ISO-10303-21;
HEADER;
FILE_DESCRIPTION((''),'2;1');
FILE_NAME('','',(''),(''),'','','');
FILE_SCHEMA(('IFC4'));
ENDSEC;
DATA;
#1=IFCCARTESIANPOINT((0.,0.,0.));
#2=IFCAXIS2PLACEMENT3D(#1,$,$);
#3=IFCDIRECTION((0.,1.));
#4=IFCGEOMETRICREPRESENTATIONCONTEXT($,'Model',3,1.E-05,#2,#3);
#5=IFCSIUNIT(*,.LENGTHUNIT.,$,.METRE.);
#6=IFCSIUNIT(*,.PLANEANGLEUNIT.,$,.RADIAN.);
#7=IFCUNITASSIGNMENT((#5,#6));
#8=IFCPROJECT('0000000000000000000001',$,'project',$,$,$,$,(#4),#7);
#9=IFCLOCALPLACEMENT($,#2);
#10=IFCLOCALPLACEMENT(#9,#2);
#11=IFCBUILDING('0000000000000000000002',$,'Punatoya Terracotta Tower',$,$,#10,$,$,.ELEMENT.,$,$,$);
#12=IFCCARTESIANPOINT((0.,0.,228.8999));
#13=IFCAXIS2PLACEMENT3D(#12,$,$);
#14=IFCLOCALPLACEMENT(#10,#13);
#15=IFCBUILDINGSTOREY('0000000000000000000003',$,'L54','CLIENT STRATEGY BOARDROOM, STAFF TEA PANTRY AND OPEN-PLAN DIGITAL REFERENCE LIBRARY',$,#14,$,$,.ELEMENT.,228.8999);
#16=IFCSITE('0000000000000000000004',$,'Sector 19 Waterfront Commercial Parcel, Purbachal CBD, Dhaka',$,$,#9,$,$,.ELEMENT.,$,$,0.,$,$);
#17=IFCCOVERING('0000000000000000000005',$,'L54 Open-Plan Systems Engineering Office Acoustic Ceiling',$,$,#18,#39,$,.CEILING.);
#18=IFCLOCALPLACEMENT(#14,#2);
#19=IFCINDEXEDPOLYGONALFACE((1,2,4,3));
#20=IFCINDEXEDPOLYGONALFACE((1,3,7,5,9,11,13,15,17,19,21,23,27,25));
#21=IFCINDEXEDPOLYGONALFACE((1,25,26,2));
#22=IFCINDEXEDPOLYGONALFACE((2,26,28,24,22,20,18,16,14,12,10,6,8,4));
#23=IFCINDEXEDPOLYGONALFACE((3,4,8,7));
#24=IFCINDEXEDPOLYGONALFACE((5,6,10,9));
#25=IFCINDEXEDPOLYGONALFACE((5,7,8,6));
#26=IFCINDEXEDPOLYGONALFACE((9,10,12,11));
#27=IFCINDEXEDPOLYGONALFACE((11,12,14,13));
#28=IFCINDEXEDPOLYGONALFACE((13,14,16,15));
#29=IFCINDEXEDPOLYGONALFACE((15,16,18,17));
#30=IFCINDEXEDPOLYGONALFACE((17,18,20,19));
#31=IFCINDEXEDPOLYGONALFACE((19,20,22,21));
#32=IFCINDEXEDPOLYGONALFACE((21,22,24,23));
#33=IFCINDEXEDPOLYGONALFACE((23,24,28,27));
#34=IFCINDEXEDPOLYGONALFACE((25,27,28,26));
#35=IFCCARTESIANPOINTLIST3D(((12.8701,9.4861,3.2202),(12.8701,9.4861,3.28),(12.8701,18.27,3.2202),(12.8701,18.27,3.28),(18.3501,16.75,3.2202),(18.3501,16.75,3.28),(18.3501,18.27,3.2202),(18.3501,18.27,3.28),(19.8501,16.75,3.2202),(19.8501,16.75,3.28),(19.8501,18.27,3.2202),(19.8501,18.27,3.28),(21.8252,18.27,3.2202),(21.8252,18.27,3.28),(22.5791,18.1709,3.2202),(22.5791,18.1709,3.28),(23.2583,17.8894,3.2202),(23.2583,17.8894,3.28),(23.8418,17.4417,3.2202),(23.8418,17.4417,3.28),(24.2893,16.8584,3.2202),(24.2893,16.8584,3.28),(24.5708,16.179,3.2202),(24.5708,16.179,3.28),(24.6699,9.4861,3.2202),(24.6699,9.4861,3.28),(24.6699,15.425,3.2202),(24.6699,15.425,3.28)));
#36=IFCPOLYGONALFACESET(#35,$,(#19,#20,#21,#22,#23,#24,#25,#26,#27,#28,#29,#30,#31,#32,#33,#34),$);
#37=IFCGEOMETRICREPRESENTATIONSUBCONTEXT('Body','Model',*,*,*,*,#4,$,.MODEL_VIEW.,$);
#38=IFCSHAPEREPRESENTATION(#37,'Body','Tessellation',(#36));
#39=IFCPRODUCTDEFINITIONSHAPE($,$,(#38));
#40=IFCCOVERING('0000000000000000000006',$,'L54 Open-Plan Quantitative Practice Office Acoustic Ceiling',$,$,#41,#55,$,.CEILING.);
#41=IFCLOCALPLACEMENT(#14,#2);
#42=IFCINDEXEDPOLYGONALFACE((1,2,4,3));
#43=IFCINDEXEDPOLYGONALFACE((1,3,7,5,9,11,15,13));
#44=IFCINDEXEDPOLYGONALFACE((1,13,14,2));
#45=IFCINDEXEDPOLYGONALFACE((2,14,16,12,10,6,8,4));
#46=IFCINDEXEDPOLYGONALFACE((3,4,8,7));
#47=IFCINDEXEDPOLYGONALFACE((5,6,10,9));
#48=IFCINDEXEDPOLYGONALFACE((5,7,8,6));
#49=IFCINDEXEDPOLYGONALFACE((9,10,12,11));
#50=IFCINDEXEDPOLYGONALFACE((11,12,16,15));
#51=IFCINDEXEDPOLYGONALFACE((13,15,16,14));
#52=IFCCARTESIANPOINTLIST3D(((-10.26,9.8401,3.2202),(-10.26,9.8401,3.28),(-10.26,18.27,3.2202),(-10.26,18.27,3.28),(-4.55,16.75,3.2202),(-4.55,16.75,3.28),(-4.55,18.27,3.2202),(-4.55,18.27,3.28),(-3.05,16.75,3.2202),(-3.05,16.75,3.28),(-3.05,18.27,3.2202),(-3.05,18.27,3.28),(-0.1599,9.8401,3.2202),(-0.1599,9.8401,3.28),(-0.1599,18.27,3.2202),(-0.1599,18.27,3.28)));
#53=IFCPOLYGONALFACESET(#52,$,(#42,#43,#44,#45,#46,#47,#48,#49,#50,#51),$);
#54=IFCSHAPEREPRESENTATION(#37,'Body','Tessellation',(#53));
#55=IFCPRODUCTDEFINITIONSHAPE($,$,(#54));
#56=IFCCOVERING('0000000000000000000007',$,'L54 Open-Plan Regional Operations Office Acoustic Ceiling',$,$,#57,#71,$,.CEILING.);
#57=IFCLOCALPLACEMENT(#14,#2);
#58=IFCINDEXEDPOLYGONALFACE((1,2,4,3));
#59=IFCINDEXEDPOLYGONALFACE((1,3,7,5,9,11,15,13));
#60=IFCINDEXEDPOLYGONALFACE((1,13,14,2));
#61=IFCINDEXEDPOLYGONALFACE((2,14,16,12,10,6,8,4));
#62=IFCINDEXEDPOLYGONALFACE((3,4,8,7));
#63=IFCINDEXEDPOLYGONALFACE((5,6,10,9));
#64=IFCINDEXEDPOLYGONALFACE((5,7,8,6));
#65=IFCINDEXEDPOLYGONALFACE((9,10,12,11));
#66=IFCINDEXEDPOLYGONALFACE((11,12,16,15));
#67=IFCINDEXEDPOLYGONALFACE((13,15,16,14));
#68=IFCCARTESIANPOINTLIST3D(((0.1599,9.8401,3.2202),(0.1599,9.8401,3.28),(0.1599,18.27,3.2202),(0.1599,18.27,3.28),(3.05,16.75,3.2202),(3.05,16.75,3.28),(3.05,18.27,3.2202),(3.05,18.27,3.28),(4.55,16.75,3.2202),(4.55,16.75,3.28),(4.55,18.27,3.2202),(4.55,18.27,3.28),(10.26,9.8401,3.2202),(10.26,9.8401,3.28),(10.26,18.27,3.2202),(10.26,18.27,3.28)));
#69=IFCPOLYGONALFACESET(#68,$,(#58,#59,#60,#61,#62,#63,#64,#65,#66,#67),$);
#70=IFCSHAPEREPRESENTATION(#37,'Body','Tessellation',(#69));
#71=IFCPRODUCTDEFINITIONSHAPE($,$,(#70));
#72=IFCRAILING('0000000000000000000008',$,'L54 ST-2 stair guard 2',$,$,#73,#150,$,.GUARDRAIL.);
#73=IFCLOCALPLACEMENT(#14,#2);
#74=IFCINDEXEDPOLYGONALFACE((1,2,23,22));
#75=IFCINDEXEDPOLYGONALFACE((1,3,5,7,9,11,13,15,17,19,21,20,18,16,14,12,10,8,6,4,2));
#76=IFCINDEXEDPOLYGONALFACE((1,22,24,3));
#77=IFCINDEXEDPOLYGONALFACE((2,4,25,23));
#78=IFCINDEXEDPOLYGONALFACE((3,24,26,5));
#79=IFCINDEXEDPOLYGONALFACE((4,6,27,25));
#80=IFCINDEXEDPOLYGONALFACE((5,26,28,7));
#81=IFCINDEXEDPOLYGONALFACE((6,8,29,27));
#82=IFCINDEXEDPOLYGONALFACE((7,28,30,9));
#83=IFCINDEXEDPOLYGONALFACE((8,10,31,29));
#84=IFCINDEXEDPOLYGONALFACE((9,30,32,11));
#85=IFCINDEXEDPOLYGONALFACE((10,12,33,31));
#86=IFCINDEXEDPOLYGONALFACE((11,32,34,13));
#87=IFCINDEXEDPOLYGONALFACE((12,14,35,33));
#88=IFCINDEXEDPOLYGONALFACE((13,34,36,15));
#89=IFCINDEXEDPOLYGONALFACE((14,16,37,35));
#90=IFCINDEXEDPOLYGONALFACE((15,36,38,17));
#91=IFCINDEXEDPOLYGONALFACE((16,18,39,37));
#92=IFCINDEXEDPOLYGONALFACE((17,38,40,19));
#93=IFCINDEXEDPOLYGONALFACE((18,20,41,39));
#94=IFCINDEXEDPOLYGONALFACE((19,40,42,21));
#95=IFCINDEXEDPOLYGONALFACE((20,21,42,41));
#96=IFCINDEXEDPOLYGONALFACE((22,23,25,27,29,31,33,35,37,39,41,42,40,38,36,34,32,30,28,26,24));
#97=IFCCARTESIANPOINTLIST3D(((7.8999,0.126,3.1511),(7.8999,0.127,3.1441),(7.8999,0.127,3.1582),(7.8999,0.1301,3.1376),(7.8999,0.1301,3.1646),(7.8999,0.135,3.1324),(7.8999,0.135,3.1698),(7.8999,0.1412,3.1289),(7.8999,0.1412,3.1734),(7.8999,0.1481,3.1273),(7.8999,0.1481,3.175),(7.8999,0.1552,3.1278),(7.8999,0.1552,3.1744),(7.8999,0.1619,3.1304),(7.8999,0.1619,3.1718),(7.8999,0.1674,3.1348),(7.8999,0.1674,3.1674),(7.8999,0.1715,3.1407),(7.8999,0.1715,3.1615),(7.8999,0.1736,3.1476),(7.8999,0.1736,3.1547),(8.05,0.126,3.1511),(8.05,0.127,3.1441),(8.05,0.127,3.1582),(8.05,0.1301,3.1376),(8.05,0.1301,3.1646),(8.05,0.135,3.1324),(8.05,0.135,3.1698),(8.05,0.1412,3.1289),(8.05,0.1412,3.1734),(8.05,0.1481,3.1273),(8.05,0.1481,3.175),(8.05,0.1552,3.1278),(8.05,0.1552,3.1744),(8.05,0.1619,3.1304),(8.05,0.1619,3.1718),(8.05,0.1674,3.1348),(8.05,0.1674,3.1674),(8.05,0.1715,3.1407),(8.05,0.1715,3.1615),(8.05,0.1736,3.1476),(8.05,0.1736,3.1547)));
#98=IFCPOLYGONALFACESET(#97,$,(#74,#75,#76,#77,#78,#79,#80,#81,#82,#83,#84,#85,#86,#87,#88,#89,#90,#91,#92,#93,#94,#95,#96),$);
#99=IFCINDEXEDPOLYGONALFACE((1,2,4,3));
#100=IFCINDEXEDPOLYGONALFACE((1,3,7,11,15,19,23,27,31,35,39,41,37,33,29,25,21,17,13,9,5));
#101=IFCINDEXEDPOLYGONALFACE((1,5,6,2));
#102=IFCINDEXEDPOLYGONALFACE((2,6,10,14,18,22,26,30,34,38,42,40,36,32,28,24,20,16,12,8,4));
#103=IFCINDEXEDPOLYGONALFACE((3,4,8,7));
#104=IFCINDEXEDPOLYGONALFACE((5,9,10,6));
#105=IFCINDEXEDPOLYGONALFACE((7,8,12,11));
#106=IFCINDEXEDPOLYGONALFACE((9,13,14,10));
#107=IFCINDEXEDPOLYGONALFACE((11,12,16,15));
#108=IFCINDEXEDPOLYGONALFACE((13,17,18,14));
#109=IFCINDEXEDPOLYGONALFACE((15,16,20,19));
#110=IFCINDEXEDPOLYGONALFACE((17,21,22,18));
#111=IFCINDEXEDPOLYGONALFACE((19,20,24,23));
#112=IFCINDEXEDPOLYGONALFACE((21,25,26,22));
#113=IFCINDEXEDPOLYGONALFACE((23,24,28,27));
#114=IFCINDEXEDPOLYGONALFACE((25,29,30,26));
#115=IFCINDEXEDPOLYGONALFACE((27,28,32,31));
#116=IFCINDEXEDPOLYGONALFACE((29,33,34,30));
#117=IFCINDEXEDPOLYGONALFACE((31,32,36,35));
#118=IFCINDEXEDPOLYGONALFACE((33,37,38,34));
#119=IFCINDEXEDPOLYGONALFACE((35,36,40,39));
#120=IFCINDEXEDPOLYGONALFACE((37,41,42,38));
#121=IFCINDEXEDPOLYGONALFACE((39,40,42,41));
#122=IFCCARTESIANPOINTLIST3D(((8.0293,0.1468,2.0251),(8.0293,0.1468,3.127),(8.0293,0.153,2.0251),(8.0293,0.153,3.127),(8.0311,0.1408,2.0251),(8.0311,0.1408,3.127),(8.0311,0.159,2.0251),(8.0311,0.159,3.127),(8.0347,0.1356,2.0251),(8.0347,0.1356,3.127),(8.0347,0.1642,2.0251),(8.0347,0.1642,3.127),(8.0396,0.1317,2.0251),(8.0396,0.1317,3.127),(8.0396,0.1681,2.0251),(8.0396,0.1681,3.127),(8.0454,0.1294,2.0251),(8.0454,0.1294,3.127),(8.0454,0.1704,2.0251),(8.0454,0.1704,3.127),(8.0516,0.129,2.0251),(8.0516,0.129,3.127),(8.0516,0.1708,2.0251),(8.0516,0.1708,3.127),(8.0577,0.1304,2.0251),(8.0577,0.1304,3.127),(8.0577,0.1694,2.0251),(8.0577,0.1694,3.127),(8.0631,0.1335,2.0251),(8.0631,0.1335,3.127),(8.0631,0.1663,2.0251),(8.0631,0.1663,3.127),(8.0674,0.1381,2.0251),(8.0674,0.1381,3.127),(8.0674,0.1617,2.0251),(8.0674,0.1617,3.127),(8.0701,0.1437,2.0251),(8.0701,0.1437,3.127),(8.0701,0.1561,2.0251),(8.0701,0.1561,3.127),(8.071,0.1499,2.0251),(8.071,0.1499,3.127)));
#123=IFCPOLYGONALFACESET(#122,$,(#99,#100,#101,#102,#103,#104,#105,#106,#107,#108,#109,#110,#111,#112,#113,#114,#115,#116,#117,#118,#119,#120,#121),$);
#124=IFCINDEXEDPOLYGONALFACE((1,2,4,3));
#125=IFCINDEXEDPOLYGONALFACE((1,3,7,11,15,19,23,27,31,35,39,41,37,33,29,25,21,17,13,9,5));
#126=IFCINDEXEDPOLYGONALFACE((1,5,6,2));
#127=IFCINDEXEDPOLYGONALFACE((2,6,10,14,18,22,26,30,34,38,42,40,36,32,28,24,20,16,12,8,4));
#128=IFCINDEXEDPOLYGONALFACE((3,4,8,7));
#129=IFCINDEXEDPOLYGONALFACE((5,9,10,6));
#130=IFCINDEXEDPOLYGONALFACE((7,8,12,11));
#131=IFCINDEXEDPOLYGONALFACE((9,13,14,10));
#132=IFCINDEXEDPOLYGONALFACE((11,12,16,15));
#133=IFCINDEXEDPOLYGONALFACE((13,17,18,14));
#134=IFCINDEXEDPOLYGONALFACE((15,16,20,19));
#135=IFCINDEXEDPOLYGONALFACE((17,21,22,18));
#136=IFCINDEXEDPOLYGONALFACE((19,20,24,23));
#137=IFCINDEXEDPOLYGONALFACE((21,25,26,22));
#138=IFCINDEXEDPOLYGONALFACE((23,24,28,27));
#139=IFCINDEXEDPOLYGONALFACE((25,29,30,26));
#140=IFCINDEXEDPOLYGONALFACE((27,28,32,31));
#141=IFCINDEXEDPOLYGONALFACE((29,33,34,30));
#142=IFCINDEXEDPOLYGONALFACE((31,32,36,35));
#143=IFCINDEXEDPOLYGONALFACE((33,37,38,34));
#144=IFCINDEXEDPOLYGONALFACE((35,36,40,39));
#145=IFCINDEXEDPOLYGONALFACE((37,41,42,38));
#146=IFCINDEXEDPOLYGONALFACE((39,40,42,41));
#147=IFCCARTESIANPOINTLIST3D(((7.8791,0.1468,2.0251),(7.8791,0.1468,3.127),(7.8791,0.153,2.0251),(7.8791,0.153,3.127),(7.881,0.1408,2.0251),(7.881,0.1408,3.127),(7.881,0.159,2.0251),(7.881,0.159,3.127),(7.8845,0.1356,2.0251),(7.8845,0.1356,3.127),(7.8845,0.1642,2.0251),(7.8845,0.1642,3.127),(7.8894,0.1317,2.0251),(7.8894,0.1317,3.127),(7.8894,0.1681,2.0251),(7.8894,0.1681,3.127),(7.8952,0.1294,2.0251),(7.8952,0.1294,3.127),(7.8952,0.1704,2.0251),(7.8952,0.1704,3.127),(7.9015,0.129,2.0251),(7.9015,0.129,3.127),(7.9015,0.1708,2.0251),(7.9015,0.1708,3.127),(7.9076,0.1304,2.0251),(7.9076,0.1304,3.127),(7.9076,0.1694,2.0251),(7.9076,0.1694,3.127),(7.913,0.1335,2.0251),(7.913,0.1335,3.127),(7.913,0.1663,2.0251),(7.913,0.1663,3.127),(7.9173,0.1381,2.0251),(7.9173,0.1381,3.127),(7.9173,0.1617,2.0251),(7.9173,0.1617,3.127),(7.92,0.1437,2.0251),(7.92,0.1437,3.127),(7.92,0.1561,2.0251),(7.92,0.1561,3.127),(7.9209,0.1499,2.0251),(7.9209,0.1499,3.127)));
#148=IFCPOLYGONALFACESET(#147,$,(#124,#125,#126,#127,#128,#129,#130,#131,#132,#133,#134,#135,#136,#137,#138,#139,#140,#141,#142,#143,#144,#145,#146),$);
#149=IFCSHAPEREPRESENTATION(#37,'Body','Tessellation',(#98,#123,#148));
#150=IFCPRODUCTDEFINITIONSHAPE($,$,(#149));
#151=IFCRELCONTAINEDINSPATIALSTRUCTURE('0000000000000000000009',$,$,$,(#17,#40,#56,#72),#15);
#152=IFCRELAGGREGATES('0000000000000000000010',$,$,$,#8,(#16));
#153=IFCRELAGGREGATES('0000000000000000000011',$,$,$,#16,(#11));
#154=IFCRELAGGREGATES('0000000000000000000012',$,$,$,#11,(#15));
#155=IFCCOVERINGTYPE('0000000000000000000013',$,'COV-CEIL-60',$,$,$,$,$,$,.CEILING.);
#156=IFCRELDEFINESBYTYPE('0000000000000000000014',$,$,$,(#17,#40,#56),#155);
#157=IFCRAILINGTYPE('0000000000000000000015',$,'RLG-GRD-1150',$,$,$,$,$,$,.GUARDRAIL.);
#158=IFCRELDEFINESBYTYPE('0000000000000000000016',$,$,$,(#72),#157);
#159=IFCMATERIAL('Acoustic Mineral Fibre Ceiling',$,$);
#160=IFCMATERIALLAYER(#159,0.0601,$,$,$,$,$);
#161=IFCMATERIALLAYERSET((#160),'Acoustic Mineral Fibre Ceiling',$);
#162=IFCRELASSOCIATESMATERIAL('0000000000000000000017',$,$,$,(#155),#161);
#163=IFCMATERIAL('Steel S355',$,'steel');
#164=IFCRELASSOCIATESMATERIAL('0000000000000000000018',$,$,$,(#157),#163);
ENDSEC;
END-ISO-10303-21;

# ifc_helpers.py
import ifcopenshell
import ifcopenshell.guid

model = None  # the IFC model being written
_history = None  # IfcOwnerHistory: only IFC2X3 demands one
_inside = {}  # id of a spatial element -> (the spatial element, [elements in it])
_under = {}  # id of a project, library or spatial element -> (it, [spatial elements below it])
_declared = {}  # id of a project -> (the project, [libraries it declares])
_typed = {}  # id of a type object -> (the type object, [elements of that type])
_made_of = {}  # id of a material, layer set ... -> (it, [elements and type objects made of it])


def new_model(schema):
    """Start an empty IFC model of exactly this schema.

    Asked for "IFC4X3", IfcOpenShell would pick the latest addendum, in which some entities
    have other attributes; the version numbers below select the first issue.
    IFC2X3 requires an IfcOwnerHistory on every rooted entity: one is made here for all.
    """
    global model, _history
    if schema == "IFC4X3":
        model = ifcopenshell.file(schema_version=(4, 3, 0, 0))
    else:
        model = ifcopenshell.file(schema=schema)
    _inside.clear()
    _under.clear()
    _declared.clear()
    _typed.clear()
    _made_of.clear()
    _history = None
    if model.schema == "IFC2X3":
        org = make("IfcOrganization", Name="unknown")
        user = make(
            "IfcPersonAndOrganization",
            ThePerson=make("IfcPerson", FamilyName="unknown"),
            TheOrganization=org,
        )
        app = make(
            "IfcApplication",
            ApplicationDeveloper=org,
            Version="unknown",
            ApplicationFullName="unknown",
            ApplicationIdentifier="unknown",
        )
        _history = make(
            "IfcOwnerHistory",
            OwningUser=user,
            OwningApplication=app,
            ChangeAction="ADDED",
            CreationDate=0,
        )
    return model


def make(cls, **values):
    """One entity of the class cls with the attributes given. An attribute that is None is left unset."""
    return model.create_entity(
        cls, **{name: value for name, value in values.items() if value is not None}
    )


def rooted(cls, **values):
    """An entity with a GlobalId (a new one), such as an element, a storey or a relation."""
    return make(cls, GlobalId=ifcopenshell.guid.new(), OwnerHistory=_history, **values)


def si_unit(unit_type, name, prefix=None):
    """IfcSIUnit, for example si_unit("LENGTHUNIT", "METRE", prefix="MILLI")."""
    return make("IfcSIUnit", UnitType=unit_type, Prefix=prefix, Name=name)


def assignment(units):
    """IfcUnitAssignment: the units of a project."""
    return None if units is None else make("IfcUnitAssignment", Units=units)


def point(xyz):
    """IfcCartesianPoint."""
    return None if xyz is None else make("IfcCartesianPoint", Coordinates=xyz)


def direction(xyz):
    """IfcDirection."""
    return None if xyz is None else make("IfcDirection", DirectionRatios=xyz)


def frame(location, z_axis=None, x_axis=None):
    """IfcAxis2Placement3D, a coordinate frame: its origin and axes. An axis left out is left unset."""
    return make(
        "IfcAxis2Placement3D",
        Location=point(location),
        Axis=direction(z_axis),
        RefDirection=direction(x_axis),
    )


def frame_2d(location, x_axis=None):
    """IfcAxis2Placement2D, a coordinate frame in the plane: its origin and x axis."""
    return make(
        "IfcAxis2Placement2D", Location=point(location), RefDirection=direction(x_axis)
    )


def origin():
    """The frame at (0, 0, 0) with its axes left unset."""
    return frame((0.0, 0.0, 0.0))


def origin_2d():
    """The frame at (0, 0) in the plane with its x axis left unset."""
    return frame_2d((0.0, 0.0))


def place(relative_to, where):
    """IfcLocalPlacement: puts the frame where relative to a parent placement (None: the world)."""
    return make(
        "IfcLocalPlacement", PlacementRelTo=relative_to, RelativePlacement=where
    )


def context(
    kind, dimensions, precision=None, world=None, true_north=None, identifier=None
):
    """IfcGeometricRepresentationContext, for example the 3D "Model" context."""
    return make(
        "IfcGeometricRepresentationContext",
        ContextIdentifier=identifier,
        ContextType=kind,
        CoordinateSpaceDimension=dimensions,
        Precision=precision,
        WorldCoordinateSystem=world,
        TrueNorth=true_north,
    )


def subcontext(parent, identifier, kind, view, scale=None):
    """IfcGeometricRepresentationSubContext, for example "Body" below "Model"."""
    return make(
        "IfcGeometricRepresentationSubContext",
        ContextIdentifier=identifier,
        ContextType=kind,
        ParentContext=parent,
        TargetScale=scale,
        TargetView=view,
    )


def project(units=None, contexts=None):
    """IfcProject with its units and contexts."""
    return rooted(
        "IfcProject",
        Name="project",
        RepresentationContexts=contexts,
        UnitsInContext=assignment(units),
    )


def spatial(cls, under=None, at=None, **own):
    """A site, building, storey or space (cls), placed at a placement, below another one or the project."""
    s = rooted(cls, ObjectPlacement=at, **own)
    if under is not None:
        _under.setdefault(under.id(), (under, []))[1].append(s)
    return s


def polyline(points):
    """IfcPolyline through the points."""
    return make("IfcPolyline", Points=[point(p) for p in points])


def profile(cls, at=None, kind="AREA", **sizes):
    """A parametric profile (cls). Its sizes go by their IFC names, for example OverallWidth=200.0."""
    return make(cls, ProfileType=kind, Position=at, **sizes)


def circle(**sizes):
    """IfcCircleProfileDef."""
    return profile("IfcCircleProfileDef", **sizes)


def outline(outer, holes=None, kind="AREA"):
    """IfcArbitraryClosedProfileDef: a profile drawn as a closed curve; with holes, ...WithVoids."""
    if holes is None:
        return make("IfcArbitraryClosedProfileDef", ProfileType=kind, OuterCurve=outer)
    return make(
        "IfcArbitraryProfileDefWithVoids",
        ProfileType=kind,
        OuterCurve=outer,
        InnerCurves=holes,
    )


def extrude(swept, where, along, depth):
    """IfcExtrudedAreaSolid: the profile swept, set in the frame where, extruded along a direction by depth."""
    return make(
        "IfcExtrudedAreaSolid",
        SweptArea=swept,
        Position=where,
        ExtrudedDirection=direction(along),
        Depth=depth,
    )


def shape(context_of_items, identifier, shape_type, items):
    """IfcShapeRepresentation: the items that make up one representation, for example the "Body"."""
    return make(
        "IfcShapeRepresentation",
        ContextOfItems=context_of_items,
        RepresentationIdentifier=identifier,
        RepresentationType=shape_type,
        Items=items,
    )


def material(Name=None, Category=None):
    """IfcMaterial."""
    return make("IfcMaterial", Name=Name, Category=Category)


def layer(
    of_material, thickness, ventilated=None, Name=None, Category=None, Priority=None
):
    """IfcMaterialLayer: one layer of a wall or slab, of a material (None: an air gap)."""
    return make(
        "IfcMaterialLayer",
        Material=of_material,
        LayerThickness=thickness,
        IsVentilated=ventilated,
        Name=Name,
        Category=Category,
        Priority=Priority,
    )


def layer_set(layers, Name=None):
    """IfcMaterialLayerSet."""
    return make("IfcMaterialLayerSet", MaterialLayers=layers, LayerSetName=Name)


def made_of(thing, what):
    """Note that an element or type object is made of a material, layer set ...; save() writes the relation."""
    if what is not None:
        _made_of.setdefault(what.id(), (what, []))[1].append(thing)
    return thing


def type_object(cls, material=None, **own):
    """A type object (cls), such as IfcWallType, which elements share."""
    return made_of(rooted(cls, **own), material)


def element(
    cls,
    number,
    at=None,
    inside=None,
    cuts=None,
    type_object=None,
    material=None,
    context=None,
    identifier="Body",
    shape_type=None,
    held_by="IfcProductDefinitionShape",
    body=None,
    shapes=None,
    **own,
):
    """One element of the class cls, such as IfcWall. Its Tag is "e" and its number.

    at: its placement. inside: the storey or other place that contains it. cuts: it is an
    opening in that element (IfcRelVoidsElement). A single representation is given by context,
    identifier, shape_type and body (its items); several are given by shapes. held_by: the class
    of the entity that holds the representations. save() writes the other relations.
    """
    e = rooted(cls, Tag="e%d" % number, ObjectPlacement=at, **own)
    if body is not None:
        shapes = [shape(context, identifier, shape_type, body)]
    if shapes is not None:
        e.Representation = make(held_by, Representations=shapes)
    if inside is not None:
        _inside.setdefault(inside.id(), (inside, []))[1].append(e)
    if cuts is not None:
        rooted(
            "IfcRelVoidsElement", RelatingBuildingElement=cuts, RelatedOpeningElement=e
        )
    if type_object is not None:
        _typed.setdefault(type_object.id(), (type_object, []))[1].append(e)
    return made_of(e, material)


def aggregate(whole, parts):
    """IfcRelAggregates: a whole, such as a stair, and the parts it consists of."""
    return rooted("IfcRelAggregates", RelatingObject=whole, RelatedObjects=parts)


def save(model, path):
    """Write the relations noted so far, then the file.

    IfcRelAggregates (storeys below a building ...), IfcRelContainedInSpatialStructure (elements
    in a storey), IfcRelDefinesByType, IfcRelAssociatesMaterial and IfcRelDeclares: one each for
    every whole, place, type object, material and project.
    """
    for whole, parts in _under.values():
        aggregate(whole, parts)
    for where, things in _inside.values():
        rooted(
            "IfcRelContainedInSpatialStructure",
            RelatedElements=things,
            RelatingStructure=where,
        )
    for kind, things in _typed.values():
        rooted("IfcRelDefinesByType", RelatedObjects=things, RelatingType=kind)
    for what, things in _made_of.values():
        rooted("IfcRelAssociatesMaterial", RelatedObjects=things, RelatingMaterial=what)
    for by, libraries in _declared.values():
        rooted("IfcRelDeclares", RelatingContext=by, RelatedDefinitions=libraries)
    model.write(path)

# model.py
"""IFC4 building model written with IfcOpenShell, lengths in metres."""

from ifc_helpers import new_model, si_unit, direction, frame, origin, origin_2d, place, context, subcontext, project, spatial, polyline, circle, outline, extrude, material, layer, layer_set, type_object, element, save


model = new_model("IFC4")

# Units and contexts
model_context = context("Model", 3, precision=1e-05, world=origin(), true_north=direction((0.0, 1.0)))
body_context = subcontext(model_context, "Body", "Model", "MODEL_VIEW")
ifc_project = project(units=[si_unit("LENGTHUNIT", "METRE"), si_unit("PLANEANGLEUNIT", "RADIAN")], contexts=[model_context])

# Site, building, storey
site_placement = place(None, origin())
site = spatial("IfcSite", under=ifc_project, at=site_placement, Name="Sector 19 Waterfront Commercial Parcel, Purbachal CBD, Dhaka", CompositionType="ELEMENT", RefElevation=0.0)
building_placement = place(site_placement, origin())
building = spatial("IfcBuilding", under=site, at=building_placement, Name="Punatoya Terracotta Tower", CompositionType="ELEMENT")
storey_placement = place(building_placement, frame((0.0, 0.0, 228.8999)))
storey = spatial("IfcBuildingStorey", under=building, at=storey_placement, Name="L54", Description="CLIENT STRATEGY BOARDROOM, STAFF TEA PANTRY AND OPEN-PLAN DIGITAL REFERENCE LIBRARY", CompositionType="ELEMENT", Elevation=228.8999)

# Shared definitions
ifc_material_1 = material(Name="Steel S355", Category="steel")

# Coverings
ifc_material_2 = material(Name="Acoustic Mineral Fibre Ceiling")
ifc_layer_1 = layer(ifc_material_2, 0.0601)
ifc_layer_set_1 = layer_set([ifc_layer_1], Name="Acoustic Mineral Fibre Ceiling")
covering_type = type_object("IfcCoveringType", Name="COV-CEIL-60", PredefinedType="CEILING", material=ifc_layer_set_1)
covering_1_placement = place(storey_placement, frame((0.0, 0.0, 3.2202)))
element("IfcCovering", 1, at=covering_1_placement, inside=storey, type_object=covering_type, Name="L54 Open-Plan Systems Engineering Office Acoustic Ceiling", PredefinedType="CEILING", context=body_context, shape_type="SweptSolid", body=[
    extrude(outline(polyline([(12.8701, 18.27), (12.8701, 9.4861), (24.6699, 9.4861), (24.6699, 15.425), (24.5708, 16.179), (24.2893, 16.8584), (23.8418, 17.4417), (23.2583, 17.8894), (22.5791, 18.1709), (21.8252, 18.27), (19.8501, 18.27), (19.8501, 16.75), (18.3501, 16.75), (18.3501, 18.27), (12.8701, 18.27)])), origin(), (0.0, 0.0, 1.0), 0.0598),
])
covering_2_placement = place(storey_placement, frame((0.0, 0.0, 3.2202)))
element("IfcCovering", 2, at=covering_2_placement, inside=storey, type_object=covering_type, Name="L54 Open-Plan Quantitative Practice Office Acoustic Ceiling", PredefinedType="CEILING", context=body_context, shape_type="SweptSolid", body=[
    extrude(outline(polyline([(-4.55, 18.27), (-10.26, 18.27), (-10.26, 9.8401), (-0.1599, 9.8401), (-0.1599, 18.27), (-3.05, 18.27), (-3.05, 16.75), (-4.55, 16.75), (-4.55, 18.27)])), origin(), (0.0, 0.0, 1.0), 0.0598),
])
covering_3_placement = place(storey_placement, frame((0.0, 0.0, 3.2202)))
element("IfcCovering", 3, at=covering_3_placement, inside=storey, type_object=covering_type, Name="L54 Open-Plan Regional Operations Office Acoustic Ceiling", PredefinedType="CEILING", context=body_context, shape_type="SweptSolid", body=[
    extrude(outline(polyline([(0.1599, 18.27), (0.1599, 9.8401), (10.26, 9.8401), (10.26, 18.27), (4.55, 18.27), (4.55, 16.75), (3.05, 16.75), (3.05, 18.27), (0.1599, 18.27)])), origin(), (0.0, 0.0, 1.0), 0.0598),
])

# Railing
railing_type_1 = type_object("IfcRailingType", Name="RLG-GRD-1150", PredefinedType="GUARDRAIL", material=ifc_material_1)
railing_1_placement = place(storey_placement, frame((8.05, 0.1499, 2.0251)))
element("IfcRailing", 4, at=railing_1_placement, inside=storey, type_object=railing_type_1, Name="L54 ST-2 stair guard 2", PredefinedType="GUARDRAIL", context=body_context, shape_type="SweptSolid", body=[
    extrude(circle(Radius=0.0239, at=origin_2d()), frame((0.0, 0.0, 1.126), z_axis=(-1.0, 0.0, 0.0), x_axis=(0.0, -1.0, 0.0)), (0.0, 0.0, 1.0), 0.1501),
    extrude(circle(Radius=0.021, at=origin_2d()), origin(), (0.0, 0.0, 1.0), 1.1018),
    extrude(circle(Radius=0.021, at=origin_2d()), frame((-0.1501, 0.0, 0.0)), (0.0, 0.0, 1.0), 1.1018),
])

save(model, "model.ifc")
